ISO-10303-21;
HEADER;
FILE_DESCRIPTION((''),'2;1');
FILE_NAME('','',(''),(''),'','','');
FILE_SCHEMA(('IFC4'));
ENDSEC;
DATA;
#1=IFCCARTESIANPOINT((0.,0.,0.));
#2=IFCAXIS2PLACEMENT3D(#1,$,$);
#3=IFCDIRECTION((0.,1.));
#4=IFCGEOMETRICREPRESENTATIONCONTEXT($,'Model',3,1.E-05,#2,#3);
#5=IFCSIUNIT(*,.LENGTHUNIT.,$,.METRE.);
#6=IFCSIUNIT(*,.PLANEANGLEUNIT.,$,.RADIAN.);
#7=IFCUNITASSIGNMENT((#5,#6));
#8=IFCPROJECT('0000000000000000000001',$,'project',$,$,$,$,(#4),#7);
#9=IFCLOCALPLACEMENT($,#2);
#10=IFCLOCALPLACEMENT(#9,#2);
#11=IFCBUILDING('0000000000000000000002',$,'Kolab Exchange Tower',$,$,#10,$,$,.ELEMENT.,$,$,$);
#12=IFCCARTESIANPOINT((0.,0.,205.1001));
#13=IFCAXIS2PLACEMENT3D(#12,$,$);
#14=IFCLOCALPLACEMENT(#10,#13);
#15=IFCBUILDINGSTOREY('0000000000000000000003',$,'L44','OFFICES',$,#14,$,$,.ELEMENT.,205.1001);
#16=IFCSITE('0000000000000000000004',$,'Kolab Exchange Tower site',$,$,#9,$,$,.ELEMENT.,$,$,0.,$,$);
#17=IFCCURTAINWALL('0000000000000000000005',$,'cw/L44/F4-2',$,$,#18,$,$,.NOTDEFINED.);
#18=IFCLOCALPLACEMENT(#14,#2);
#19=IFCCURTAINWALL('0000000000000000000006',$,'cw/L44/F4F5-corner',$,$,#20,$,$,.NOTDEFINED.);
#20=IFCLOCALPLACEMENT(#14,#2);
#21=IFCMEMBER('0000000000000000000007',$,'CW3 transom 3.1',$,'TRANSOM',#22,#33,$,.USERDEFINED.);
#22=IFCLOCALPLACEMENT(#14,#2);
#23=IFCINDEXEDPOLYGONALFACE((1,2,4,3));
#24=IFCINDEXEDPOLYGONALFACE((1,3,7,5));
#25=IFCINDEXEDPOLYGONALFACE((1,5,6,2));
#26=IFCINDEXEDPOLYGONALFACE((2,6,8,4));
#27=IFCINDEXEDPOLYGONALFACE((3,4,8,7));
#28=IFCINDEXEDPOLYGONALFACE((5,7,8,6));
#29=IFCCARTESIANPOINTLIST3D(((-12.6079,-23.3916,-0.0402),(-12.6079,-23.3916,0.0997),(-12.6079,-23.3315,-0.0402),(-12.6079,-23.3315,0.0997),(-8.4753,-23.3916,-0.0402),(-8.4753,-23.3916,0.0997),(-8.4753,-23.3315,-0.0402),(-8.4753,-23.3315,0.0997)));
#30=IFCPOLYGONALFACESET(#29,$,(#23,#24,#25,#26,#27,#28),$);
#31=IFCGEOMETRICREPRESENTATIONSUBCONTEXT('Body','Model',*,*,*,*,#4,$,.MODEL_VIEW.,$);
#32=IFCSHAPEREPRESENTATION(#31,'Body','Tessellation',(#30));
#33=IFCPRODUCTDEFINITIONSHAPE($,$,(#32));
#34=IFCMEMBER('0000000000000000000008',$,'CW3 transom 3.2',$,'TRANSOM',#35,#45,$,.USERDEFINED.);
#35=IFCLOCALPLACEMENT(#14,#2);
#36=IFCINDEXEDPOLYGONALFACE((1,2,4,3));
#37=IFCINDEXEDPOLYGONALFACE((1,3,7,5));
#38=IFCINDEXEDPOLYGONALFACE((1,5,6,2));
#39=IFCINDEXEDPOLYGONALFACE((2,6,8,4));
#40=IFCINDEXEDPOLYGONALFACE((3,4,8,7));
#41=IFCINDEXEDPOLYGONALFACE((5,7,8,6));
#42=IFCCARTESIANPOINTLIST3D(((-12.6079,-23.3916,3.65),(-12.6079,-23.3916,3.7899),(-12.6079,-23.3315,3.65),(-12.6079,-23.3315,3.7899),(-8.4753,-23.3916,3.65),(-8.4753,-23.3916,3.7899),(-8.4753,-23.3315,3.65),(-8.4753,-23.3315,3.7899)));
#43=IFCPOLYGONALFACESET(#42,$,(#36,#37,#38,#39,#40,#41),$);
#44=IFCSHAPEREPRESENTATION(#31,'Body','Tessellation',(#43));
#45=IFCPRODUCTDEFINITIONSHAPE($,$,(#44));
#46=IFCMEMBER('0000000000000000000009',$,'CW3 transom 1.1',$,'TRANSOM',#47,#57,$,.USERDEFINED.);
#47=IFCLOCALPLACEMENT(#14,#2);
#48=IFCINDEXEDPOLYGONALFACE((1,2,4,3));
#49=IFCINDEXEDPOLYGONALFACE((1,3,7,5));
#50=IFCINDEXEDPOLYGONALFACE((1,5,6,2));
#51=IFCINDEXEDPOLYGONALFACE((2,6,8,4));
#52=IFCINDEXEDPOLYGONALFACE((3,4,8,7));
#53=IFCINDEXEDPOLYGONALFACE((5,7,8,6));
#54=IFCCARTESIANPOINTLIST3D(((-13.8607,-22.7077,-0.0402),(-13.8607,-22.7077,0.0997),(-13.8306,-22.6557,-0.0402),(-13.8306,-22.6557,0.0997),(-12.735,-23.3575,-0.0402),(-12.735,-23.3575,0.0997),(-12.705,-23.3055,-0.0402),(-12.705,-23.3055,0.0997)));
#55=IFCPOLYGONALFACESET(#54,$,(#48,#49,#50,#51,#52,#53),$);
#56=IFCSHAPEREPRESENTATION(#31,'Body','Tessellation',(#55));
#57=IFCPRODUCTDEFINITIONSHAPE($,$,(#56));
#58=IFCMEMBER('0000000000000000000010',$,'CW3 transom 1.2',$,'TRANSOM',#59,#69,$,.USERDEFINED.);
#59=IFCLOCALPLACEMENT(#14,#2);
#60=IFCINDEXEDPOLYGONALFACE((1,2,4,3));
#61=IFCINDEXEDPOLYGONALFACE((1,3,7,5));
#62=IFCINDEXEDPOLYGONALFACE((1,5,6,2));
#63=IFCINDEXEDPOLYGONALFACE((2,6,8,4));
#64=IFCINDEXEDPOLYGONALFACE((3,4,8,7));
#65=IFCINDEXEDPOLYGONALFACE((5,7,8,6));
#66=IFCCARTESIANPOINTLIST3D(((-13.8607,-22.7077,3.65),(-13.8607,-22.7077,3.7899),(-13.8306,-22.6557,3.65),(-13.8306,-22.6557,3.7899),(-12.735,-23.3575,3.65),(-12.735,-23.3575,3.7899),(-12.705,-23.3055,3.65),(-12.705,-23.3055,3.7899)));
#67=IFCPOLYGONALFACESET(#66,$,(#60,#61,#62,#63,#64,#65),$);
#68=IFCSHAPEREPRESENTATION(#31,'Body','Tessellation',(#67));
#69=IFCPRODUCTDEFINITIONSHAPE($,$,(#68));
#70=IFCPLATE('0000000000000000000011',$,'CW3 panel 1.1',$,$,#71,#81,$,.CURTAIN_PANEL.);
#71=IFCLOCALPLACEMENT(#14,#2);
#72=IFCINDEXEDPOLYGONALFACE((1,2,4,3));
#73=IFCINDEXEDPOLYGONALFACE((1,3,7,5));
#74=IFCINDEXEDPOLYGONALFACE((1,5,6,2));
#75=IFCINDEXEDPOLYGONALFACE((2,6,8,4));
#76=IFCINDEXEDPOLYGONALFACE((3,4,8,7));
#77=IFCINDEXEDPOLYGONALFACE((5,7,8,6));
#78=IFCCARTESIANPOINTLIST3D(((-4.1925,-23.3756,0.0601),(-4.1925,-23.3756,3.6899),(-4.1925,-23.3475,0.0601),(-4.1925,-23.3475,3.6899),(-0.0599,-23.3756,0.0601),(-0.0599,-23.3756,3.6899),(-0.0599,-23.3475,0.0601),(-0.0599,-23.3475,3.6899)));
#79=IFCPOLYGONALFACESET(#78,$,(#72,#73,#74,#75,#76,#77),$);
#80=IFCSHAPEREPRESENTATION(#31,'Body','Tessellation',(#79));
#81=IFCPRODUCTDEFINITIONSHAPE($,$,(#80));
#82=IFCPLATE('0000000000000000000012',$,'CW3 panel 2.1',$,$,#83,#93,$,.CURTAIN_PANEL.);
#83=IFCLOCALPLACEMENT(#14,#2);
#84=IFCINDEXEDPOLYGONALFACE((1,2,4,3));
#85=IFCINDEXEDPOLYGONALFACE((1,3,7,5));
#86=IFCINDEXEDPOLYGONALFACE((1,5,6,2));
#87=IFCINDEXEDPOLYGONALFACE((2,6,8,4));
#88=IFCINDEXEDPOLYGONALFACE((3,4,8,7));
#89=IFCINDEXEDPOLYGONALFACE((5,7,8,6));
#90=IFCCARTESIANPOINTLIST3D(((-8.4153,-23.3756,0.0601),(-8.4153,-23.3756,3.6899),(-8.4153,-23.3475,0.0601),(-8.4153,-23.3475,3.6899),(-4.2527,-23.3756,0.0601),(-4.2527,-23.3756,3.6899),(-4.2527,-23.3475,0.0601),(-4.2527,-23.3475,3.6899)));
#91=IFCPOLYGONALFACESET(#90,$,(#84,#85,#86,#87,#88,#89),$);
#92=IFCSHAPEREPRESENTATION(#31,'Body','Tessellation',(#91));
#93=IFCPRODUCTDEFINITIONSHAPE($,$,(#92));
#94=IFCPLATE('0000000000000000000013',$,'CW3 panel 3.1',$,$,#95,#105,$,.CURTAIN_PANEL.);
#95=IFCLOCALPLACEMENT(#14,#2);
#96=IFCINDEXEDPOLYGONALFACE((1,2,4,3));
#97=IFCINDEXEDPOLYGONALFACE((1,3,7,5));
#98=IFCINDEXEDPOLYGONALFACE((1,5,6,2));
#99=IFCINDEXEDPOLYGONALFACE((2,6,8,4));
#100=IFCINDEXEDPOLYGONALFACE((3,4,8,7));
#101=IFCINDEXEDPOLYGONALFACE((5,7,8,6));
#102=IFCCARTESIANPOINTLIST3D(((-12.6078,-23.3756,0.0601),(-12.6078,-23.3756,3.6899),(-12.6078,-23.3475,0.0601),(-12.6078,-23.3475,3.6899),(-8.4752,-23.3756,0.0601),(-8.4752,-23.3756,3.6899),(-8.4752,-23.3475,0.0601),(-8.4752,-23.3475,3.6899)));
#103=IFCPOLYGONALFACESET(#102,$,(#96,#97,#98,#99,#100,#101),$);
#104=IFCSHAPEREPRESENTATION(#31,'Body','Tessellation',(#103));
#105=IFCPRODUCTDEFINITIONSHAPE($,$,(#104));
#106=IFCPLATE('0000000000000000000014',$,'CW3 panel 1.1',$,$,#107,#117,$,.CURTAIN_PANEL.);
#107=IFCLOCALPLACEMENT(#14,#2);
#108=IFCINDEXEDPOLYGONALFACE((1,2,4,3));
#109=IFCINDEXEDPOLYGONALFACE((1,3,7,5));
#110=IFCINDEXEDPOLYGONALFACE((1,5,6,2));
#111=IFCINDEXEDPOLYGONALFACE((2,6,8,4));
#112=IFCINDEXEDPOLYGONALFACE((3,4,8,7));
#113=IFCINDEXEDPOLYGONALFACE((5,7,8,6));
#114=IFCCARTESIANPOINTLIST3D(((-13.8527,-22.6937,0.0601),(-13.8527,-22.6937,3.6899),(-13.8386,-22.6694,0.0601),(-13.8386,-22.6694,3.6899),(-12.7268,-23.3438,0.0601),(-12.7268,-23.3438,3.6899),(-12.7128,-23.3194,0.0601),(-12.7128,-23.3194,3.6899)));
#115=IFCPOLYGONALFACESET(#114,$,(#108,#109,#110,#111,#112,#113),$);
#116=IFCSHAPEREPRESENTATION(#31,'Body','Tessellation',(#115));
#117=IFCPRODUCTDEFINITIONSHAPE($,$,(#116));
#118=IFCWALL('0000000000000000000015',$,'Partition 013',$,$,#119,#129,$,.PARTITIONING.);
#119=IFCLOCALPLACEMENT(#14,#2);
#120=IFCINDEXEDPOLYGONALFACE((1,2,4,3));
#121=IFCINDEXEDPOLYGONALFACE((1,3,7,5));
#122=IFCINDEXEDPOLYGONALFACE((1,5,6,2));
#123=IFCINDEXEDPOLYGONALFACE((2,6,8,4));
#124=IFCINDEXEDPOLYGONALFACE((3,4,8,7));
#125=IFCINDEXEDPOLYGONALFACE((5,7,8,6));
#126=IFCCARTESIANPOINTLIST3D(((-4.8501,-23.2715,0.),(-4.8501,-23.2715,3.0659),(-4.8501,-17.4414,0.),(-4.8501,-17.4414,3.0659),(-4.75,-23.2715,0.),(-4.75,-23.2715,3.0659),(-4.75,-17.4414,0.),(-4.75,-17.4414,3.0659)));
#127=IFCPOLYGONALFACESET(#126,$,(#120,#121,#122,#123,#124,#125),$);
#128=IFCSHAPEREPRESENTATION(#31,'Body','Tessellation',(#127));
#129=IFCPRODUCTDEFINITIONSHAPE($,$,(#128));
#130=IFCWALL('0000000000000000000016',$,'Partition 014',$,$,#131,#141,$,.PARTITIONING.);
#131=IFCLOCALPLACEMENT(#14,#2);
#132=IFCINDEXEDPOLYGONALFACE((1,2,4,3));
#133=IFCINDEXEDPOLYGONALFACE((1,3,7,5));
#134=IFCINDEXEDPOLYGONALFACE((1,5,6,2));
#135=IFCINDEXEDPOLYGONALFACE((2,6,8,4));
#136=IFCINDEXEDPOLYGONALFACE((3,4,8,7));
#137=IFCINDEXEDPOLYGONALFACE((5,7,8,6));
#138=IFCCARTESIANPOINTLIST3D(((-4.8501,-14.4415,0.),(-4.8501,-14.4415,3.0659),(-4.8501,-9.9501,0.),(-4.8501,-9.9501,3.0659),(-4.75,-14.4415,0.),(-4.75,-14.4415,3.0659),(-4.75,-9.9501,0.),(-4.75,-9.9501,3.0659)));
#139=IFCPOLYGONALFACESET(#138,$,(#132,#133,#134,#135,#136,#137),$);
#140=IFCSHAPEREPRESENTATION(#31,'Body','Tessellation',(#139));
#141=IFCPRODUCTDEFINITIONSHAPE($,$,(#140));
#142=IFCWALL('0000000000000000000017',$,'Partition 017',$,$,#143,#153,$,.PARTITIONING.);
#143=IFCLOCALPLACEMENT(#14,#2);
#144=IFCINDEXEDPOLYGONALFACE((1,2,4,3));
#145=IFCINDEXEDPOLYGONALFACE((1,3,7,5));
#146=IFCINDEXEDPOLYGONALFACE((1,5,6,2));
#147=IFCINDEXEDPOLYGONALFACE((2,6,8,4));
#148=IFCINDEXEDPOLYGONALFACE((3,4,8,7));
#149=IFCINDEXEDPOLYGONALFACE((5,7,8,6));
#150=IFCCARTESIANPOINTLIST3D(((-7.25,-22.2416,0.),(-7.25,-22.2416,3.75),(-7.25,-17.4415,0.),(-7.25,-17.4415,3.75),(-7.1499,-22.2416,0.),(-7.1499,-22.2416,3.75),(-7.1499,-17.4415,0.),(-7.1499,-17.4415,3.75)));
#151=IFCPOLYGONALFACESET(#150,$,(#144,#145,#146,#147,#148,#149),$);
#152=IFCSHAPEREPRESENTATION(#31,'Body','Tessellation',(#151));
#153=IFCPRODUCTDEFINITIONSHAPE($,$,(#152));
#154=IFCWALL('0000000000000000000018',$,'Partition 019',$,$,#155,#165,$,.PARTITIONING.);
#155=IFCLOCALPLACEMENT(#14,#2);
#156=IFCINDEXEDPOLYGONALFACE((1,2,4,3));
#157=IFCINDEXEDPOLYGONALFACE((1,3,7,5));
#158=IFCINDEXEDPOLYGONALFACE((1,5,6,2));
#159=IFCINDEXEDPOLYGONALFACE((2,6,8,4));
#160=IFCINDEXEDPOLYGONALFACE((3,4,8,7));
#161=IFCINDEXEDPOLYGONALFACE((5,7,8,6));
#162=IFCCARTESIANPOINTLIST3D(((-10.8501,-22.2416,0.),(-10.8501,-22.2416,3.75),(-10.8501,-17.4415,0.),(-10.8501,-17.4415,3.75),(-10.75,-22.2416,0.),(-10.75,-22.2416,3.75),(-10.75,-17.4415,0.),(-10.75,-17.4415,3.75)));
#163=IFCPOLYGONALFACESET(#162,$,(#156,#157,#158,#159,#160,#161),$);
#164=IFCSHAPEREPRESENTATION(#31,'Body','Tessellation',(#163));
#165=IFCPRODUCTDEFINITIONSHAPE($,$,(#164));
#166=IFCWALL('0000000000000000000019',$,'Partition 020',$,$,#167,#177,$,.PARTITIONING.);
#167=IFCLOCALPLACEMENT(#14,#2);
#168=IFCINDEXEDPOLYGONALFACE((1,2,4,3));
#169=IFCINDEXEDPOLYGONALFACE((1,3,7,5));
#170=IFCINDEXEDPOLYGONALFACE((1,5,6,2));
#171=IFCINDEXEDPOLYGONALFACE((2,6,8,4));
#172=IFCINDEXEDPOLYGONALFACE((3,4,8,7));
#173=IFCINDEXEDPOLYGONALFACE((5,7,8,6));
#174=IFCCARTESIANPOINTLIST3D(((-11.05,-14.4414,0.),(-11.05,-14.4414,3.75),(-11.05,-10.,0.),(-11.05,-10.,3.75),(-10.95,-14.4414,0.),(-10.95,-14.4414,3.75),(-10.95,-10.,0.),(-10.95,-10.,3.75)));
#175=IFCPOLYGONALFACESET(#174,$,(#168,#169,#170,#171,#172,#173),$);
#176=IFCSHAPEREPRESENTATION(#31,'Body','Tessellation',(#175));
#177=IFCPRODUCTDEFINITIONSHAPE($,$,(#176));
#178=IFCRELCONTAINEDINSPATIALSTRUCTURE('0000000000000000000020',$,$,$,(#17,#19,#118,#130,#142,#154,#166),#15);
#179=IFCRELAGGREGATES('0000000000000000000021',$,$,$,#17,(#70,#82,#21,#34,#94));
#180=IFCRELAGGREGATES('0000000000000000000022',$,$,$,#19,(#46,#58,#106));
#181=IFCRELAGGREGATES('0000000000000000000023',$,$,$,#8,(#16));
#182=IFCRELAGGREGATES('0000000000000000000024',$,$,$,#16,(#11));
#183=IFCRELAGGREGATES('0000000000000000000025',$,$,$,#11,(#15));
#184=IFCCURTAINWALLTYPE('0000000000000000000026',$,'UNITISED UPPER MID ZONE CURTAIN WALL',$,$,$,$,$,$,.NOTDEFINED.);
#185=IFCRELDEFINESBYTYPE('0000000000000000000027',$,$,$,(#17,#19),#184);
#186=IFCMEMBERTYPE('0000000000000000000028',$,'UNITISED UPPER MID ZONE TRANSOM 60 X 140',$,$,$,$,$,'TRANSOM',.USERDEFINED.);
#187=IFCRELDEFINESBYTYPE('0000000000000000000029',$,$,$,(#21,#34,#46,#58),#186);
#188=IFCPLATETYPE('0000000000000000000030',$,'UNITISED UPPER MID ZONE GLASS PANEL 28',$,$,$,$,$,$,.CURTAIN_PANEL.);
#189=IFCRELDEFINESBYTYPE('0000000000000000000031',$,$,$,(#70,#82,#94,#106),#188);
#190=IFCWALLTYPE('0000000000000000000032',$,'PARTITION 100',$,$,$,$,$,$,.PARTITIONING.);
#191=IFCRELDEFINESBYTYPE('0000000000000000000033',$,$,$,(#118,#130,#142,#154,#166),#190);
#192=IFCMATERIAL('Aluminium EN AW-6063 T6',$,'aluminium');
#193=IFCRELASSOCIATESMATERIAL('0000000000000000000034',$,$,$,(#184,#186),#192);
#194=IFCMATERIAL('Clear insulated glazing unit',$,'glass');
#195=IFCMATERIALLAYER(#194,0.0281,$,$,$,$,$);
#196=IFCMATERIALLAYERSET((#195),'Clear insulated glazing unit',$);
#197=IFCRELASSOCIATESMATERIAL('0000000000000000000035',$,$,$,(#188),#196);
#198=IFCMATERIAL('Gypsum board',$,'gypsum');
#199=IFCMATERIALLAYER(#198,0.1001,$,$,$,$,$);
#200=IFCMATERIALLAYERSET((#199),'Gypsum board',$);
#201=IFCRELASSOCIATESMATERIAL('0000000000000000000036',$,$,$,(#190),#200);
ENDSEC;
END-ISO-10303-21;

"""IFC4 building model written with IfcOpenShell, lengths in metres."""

from ifc_helpers import new_model, si_unit, direction, frame, frame_2d, origin, origin_2d, place, context, subcontext, project, spatial, rectangle, extrude, material, layer, layer_set, material_profile, profile_set, type_object, element, aggregate, save


model = new_model("IFC4")

# Units and contexts
model_context = context("Model", 3, precision=1e-05, world=origin(), true_north=direction((0.0, 1.0)))
body_context = subcontext(model_context, "Body", "Model", "MODEL_VIEW")
ifc_project = project(units=[si_unit("LENGTHUNIT", "METRE"), si_unit("PLANEANGLEUNIT", "RADIAN")], contexts=[model_context])

# Site, building, storey
site_placement = place(None, origin())
site = spatial("IfcSite", under=ifc_project, at=site_placement, Name="Kolab Exchange Tower site", CompositionType="ELEMENT", RefElevation=0.0)
building_placement = place(site_placement, origin())
building = spatial("IfcBuilding", under=site, at=building_placement, Name="Kolab Exchange Tower", CompositionType="ELEMENT")
storey_placement = place(building_placement, frame((0.0, 0.0, 205.1001)))
storey = spatial("IfcBuildingStorey", under=building, at=storey_placement, Name="L44", Description="OFFICES", CompositionType="ELEMENT", Elevation=205.1001)

# Curtain wall
ifc_material_1 = material(Name="Aluminium EN AW-6063 T6", Category="aluminium")
curtain_wall_type = type_object("IfcCurtainWallType", Name="UNITISED UPPER MID ZONE CURTAIN WALL", PredefinedType="NOTDEFINED", material=ifc_material_1)
curtain_wall_1_placement = place(storey_placement, origin())
curtain_wall_1 = element("IfcCurtainWall", 1, at=curtain_wall_1_placement, inside=storey, type_object=curtain_wall_type, Name="cw/L44/F4-2", PredefinedType="NOTDEFINED")

# Curtain wall
curtain_wall_2_placement = place(storey_placement, origin())
curtain_wall_2 = element("IfcCurtainWall", 2, at=curtain_wall_2_placement, inside=storey, type_object=curtain_wall_type, Name="cw/L44/F4F5-corner", PredefinedType="NOTDEFINED")

# Members
ifc_material_profile_1 = material_profile(ifc_material_1, rectangle(XDim=0.0601, YDim=0.1399, at=origin_2d()), Name="RECT 60X140")
ifc_profile_set_1 = profile_set([ifc_material_profile_1], Name="Aluminium EN AW-6063 T6")
member_type_1 = type_object("IfcMemberType", Name="UNITISED UPPER MID ZONE TRANSOM 60 X 140", ElementType="TRANSOM", PredefinedType="USERDEFINED", material=ifc_profile_set_1)
member_1_placement = place(storey_placement, frame((-8.4753, -23.3616, 0.0298), z_axis=(-1.0, 0.0, 0.0), x_axis=(0.0, -1.0, 0.0)))
member_1 = element("IfcMember", 3, at=member_1_placement, type_object=member_type_1, Name="CW3 transom 3.1", ObjectType="TRANSOM", PredefinedType="USERDEFINED", context=body_context, shape_type="SweptSolid", body=[
    extrude(rectangle(XDim=0.0601, YDim=0.1399, at=origin_2d()), origin(), (0.0, 0.0, 1.0), 4.1326),
])
member_2_placement = place(storey_placement, frame((-8.4753, -23.3616, 3.72), z_axis=(-1.0, 0.0, 0.0), x_axis=(0.0, -1.0, 0.0)))
member_2 = element("IfcMember", 4, at=member_2_placement, type_object=member_type_1, Name="CW3 transom 3.2", ObjectType="TRANSOM", PredefinedType="USERDEFINED", context=body_context, shape_type="SweptSolid", body=[
    extrude(rectangle(XDim=0.0601, YDim=0.1399, at=origin_2d()), origin(), (0.0, 0.0, 1.0), 4.1326),
])
member_3_placement = place(storey_placement, frame((-12.72, -23.3315, 0.0298), z_axis=(-0.866039, 0.499977, 0.0), x_axis=(-0.499977, -0.866039, 0.0)))
member_3 = element("IfcMember", 5, at=member_3_placement, type_object=member_type_1, Name="CW3 transom 1.1", ObjectType="TRANSOM", PredefinedType="USERDEFINED", context=body_context, shape_type="SweptSolid", body=[
    extrude(rectangle(XDim=0.0601, YDim=0.1399, at=origin_2d()), origin(), (0.0, 0.0, 1.0), 1.2998),
])
member_4_placement = place(storey_placement, frame((-12.72, -23.3315, 3.72), z_axis=(-0.866039, 0.499977, 0.0), x_axis=(-0.499977, -0.866039, 0.0)))
member_4 = element("IfcMember", 6, at=member_4_placement, type_object=member_type_1, Name="CW3 transom 1.2", ObjectType="TRANSOM", PredefinedType="USERDEFINED", context=body_context, shape_type="SweptSolid", body=[
    extrude(rectangle(XDim=0.0601, YDim=0.1399, at=origin_2d()), origin(), (0.0, 0.0, 1.0), 1.2998),
])

# Plates
ifc_material_2 = material(Name="Clear insulated glazing unit", Category="glass")
ifc_layer_1 = layer(ifc_material_2, 0.0281)
ifc_layer_set_1 = layer_set([ifc_layer_1], Name="Clear insulated glazing unit")
plate_type = type_object("IfcPlateType", Name="UNITISED UPPER MID ZONE GLASS PANEL 28", PredefinedType="CURTAIN_PANEL", material=ifc_layer_set_1)
plate_1_placement = place(storey_placement, frame((-2.1262, -23.3616, 0.0601), z_axis=(0.0, 0.0, 1.0), x_axis=(-1.0, 0.0, 0.0)))
plate_1 = element("IfcPlate", 7, at=plate_1_placement, type_object=plate_type, Name="CW3 panel 1.1", PredefinedType="CURTAIN_PANEL", context=body_context, shape_type="SweptSolid", body=[
    extrude(rectangle(XDim=4.1326, YDim=0.0281, at=origin_2d()), origin(), (0.0, 0.0, 1.0), 3.6299),
])
plate_2_placement = place(storey_placement, frame((-6.334, -23.3616, 0.0601), z_axis=(0.0, 0.0, 1.0), x_axis=(-1.0, 0.0, 0.0)))
plate_2 = element("IfcPlate", 8, at=plate_2_placement, type_object=plate_type, Name="CW3 panel 2.1", PredefinedType="CURTAIN_PANEL", context=body_context, shape_type="SweptSolid", body=[
    extrude(rectangle(XDim=4.1626, YDim=0.0281, at=origin_2d()), origin(), (0.0, 0.0, 1.0), 3.6299),
])
plate_3_placement = place(storey_placement, frame((-10.5415, -23.3616, 0.0601), z_axis=(0.0, 0.0, 1.0), x_axis=(-1.0, 0.0, 0.0)))
plate_3 = element("IfcPlate", 9, at=plate_3_placement, type_object=plate_type, Name="CW3 panel 3.1", PredefinedType="CURTAIN_PANEL", context=body_context, shape_type="SweptSolid", body=[
    extrude(rectangle(XDim=4.1326, YDim=0.0281, at=origin_2d()), origin(), (0.0, 0.0, 1.0), 3.6299),
])
aggregate(curtain_wall_1, [plate_1, plate_2, member_1, member_2, plate_3])
plate_4_placement = place(storey_placement, frame((-13.2827, -23.0066, 0.0601), z_axis=(0.0, 0.0, 1.0), x_axis=(-0.866025, 0.5, 0.0)))
plate_4 = element("IfcPlate", 10, at=plate_4_placement, type_object=plate_type, Name="CW3 panel 1.1", PredefinedType="CURTAIN_PANEL", context=body_context, shape_type="SweptSolid", body=[
    extrude(rectangle(XDim=1.3, YDim=0.0281, at=origin_2d()), origin(), (0.0, 0.0, 1.0), 3.6299),
])
aggregate(curtain_wall_2, [member_3, member_4, plate_4])

# Walls
ifc_material_3 = material(Name="Gypsum board", Category="gypsum")
ifc_layer_2 = layer(ifc_material_3, 0.1001)
ifc_layer_set_2 = layer_set([ifc_layer_2], Name="Gypsum board")
wall_type = type_object("IfcWallType", Name="PARTITION 100", PredefinedType="PARTITIONING", material=ifc_layer_set_2)
wall_1_placement = place(storey_placement, frame((-4.8, -23.2715, 0.0), z_axis=(0.0, 0.0, 1.0), x_axis=(0.0, 1.0, 0.0)))
element("IfcWall", 11, at=wall_1_placement, inside=storey, type_object=wall_type, Name="Partition 013", PredefinedType="PARTITIONING", context=body_context, shape_type="SweptSolid", body=[
    extrude(rectangle(XDim=5.8301, YDim=0.1001, at=frame_2d((2.915, 0.0))), origin(), (0.0, 0.0, 1.0), 3.0659),
])
wall_2_placement = place(storey_placement, frame((-4.8, -14.4414, 0.0), z_axis=(0.0, 0.0, 1.0), x_axis=(0.0, 1.0, 0.0)))
element("IfcWall", 12, at=wall_2_placement, inside=storey, type_object=wall_type, Name="Partition 014", PredefinedType="PARTITIONING", context=body_context, shape_type="SweptSolid", body=[
    extrude(rectangle(XDim=4.4915, YDim=0.1001, at=frame_2d((2.2456, 0.0))), origin(), (0.0, 0.0, 1.0), 3.0659),
])
for number, where, z_axis, x_axis, name in (
    (13, (-7.2, -22.2415, 0.0), (0.0, 0.0, 1.0), (0.0, 1.0, 0.0), "Partition 017"),
    (14, (-10.8, -22.2415, 0.0), (0.0, 0.0, 1.0), (0.0, 1.0, 0.0), "Partition 019"),
):
    element("IfcWall", number, at=place(storey_placement, frame(where, z_axis=z_axis, x_axis=x_axis)), inside=storey, type_object=wall_type, Name=name, PredefinedType="PARTITIONING", context=body_context, shape_type="SweptSolid", body=[
        extrude(rectangle(XDim=4.8, YDim=0.1001, at=frame_2d((2.3999, 0.0))), origin(), (0.0, 0.0, 1.0), 3.75),
    ])
wall_3_placement = place(storey_placement, frame((-11.0, -14.4414, 0.0), z_axis=(0.0, 0.0, 1.0), x_axis=(0.0, 1.0, 0.0)))
element("IfcWall", 15, at=wall_3_placement, inside=storey, type_object=wall_type, Name="Partition 020", PredefinedType="PARTITIONING", context=body_context, shape_type="SweptSolid", body=[
    extrude(rectangle(XDim=4.4414, YDim=0.1001, at=frame_2d((2.2207, 0.0))), origin(), (0.0, 0.0, 1.0), 3.75),
])

save(model, "model.ifc")
